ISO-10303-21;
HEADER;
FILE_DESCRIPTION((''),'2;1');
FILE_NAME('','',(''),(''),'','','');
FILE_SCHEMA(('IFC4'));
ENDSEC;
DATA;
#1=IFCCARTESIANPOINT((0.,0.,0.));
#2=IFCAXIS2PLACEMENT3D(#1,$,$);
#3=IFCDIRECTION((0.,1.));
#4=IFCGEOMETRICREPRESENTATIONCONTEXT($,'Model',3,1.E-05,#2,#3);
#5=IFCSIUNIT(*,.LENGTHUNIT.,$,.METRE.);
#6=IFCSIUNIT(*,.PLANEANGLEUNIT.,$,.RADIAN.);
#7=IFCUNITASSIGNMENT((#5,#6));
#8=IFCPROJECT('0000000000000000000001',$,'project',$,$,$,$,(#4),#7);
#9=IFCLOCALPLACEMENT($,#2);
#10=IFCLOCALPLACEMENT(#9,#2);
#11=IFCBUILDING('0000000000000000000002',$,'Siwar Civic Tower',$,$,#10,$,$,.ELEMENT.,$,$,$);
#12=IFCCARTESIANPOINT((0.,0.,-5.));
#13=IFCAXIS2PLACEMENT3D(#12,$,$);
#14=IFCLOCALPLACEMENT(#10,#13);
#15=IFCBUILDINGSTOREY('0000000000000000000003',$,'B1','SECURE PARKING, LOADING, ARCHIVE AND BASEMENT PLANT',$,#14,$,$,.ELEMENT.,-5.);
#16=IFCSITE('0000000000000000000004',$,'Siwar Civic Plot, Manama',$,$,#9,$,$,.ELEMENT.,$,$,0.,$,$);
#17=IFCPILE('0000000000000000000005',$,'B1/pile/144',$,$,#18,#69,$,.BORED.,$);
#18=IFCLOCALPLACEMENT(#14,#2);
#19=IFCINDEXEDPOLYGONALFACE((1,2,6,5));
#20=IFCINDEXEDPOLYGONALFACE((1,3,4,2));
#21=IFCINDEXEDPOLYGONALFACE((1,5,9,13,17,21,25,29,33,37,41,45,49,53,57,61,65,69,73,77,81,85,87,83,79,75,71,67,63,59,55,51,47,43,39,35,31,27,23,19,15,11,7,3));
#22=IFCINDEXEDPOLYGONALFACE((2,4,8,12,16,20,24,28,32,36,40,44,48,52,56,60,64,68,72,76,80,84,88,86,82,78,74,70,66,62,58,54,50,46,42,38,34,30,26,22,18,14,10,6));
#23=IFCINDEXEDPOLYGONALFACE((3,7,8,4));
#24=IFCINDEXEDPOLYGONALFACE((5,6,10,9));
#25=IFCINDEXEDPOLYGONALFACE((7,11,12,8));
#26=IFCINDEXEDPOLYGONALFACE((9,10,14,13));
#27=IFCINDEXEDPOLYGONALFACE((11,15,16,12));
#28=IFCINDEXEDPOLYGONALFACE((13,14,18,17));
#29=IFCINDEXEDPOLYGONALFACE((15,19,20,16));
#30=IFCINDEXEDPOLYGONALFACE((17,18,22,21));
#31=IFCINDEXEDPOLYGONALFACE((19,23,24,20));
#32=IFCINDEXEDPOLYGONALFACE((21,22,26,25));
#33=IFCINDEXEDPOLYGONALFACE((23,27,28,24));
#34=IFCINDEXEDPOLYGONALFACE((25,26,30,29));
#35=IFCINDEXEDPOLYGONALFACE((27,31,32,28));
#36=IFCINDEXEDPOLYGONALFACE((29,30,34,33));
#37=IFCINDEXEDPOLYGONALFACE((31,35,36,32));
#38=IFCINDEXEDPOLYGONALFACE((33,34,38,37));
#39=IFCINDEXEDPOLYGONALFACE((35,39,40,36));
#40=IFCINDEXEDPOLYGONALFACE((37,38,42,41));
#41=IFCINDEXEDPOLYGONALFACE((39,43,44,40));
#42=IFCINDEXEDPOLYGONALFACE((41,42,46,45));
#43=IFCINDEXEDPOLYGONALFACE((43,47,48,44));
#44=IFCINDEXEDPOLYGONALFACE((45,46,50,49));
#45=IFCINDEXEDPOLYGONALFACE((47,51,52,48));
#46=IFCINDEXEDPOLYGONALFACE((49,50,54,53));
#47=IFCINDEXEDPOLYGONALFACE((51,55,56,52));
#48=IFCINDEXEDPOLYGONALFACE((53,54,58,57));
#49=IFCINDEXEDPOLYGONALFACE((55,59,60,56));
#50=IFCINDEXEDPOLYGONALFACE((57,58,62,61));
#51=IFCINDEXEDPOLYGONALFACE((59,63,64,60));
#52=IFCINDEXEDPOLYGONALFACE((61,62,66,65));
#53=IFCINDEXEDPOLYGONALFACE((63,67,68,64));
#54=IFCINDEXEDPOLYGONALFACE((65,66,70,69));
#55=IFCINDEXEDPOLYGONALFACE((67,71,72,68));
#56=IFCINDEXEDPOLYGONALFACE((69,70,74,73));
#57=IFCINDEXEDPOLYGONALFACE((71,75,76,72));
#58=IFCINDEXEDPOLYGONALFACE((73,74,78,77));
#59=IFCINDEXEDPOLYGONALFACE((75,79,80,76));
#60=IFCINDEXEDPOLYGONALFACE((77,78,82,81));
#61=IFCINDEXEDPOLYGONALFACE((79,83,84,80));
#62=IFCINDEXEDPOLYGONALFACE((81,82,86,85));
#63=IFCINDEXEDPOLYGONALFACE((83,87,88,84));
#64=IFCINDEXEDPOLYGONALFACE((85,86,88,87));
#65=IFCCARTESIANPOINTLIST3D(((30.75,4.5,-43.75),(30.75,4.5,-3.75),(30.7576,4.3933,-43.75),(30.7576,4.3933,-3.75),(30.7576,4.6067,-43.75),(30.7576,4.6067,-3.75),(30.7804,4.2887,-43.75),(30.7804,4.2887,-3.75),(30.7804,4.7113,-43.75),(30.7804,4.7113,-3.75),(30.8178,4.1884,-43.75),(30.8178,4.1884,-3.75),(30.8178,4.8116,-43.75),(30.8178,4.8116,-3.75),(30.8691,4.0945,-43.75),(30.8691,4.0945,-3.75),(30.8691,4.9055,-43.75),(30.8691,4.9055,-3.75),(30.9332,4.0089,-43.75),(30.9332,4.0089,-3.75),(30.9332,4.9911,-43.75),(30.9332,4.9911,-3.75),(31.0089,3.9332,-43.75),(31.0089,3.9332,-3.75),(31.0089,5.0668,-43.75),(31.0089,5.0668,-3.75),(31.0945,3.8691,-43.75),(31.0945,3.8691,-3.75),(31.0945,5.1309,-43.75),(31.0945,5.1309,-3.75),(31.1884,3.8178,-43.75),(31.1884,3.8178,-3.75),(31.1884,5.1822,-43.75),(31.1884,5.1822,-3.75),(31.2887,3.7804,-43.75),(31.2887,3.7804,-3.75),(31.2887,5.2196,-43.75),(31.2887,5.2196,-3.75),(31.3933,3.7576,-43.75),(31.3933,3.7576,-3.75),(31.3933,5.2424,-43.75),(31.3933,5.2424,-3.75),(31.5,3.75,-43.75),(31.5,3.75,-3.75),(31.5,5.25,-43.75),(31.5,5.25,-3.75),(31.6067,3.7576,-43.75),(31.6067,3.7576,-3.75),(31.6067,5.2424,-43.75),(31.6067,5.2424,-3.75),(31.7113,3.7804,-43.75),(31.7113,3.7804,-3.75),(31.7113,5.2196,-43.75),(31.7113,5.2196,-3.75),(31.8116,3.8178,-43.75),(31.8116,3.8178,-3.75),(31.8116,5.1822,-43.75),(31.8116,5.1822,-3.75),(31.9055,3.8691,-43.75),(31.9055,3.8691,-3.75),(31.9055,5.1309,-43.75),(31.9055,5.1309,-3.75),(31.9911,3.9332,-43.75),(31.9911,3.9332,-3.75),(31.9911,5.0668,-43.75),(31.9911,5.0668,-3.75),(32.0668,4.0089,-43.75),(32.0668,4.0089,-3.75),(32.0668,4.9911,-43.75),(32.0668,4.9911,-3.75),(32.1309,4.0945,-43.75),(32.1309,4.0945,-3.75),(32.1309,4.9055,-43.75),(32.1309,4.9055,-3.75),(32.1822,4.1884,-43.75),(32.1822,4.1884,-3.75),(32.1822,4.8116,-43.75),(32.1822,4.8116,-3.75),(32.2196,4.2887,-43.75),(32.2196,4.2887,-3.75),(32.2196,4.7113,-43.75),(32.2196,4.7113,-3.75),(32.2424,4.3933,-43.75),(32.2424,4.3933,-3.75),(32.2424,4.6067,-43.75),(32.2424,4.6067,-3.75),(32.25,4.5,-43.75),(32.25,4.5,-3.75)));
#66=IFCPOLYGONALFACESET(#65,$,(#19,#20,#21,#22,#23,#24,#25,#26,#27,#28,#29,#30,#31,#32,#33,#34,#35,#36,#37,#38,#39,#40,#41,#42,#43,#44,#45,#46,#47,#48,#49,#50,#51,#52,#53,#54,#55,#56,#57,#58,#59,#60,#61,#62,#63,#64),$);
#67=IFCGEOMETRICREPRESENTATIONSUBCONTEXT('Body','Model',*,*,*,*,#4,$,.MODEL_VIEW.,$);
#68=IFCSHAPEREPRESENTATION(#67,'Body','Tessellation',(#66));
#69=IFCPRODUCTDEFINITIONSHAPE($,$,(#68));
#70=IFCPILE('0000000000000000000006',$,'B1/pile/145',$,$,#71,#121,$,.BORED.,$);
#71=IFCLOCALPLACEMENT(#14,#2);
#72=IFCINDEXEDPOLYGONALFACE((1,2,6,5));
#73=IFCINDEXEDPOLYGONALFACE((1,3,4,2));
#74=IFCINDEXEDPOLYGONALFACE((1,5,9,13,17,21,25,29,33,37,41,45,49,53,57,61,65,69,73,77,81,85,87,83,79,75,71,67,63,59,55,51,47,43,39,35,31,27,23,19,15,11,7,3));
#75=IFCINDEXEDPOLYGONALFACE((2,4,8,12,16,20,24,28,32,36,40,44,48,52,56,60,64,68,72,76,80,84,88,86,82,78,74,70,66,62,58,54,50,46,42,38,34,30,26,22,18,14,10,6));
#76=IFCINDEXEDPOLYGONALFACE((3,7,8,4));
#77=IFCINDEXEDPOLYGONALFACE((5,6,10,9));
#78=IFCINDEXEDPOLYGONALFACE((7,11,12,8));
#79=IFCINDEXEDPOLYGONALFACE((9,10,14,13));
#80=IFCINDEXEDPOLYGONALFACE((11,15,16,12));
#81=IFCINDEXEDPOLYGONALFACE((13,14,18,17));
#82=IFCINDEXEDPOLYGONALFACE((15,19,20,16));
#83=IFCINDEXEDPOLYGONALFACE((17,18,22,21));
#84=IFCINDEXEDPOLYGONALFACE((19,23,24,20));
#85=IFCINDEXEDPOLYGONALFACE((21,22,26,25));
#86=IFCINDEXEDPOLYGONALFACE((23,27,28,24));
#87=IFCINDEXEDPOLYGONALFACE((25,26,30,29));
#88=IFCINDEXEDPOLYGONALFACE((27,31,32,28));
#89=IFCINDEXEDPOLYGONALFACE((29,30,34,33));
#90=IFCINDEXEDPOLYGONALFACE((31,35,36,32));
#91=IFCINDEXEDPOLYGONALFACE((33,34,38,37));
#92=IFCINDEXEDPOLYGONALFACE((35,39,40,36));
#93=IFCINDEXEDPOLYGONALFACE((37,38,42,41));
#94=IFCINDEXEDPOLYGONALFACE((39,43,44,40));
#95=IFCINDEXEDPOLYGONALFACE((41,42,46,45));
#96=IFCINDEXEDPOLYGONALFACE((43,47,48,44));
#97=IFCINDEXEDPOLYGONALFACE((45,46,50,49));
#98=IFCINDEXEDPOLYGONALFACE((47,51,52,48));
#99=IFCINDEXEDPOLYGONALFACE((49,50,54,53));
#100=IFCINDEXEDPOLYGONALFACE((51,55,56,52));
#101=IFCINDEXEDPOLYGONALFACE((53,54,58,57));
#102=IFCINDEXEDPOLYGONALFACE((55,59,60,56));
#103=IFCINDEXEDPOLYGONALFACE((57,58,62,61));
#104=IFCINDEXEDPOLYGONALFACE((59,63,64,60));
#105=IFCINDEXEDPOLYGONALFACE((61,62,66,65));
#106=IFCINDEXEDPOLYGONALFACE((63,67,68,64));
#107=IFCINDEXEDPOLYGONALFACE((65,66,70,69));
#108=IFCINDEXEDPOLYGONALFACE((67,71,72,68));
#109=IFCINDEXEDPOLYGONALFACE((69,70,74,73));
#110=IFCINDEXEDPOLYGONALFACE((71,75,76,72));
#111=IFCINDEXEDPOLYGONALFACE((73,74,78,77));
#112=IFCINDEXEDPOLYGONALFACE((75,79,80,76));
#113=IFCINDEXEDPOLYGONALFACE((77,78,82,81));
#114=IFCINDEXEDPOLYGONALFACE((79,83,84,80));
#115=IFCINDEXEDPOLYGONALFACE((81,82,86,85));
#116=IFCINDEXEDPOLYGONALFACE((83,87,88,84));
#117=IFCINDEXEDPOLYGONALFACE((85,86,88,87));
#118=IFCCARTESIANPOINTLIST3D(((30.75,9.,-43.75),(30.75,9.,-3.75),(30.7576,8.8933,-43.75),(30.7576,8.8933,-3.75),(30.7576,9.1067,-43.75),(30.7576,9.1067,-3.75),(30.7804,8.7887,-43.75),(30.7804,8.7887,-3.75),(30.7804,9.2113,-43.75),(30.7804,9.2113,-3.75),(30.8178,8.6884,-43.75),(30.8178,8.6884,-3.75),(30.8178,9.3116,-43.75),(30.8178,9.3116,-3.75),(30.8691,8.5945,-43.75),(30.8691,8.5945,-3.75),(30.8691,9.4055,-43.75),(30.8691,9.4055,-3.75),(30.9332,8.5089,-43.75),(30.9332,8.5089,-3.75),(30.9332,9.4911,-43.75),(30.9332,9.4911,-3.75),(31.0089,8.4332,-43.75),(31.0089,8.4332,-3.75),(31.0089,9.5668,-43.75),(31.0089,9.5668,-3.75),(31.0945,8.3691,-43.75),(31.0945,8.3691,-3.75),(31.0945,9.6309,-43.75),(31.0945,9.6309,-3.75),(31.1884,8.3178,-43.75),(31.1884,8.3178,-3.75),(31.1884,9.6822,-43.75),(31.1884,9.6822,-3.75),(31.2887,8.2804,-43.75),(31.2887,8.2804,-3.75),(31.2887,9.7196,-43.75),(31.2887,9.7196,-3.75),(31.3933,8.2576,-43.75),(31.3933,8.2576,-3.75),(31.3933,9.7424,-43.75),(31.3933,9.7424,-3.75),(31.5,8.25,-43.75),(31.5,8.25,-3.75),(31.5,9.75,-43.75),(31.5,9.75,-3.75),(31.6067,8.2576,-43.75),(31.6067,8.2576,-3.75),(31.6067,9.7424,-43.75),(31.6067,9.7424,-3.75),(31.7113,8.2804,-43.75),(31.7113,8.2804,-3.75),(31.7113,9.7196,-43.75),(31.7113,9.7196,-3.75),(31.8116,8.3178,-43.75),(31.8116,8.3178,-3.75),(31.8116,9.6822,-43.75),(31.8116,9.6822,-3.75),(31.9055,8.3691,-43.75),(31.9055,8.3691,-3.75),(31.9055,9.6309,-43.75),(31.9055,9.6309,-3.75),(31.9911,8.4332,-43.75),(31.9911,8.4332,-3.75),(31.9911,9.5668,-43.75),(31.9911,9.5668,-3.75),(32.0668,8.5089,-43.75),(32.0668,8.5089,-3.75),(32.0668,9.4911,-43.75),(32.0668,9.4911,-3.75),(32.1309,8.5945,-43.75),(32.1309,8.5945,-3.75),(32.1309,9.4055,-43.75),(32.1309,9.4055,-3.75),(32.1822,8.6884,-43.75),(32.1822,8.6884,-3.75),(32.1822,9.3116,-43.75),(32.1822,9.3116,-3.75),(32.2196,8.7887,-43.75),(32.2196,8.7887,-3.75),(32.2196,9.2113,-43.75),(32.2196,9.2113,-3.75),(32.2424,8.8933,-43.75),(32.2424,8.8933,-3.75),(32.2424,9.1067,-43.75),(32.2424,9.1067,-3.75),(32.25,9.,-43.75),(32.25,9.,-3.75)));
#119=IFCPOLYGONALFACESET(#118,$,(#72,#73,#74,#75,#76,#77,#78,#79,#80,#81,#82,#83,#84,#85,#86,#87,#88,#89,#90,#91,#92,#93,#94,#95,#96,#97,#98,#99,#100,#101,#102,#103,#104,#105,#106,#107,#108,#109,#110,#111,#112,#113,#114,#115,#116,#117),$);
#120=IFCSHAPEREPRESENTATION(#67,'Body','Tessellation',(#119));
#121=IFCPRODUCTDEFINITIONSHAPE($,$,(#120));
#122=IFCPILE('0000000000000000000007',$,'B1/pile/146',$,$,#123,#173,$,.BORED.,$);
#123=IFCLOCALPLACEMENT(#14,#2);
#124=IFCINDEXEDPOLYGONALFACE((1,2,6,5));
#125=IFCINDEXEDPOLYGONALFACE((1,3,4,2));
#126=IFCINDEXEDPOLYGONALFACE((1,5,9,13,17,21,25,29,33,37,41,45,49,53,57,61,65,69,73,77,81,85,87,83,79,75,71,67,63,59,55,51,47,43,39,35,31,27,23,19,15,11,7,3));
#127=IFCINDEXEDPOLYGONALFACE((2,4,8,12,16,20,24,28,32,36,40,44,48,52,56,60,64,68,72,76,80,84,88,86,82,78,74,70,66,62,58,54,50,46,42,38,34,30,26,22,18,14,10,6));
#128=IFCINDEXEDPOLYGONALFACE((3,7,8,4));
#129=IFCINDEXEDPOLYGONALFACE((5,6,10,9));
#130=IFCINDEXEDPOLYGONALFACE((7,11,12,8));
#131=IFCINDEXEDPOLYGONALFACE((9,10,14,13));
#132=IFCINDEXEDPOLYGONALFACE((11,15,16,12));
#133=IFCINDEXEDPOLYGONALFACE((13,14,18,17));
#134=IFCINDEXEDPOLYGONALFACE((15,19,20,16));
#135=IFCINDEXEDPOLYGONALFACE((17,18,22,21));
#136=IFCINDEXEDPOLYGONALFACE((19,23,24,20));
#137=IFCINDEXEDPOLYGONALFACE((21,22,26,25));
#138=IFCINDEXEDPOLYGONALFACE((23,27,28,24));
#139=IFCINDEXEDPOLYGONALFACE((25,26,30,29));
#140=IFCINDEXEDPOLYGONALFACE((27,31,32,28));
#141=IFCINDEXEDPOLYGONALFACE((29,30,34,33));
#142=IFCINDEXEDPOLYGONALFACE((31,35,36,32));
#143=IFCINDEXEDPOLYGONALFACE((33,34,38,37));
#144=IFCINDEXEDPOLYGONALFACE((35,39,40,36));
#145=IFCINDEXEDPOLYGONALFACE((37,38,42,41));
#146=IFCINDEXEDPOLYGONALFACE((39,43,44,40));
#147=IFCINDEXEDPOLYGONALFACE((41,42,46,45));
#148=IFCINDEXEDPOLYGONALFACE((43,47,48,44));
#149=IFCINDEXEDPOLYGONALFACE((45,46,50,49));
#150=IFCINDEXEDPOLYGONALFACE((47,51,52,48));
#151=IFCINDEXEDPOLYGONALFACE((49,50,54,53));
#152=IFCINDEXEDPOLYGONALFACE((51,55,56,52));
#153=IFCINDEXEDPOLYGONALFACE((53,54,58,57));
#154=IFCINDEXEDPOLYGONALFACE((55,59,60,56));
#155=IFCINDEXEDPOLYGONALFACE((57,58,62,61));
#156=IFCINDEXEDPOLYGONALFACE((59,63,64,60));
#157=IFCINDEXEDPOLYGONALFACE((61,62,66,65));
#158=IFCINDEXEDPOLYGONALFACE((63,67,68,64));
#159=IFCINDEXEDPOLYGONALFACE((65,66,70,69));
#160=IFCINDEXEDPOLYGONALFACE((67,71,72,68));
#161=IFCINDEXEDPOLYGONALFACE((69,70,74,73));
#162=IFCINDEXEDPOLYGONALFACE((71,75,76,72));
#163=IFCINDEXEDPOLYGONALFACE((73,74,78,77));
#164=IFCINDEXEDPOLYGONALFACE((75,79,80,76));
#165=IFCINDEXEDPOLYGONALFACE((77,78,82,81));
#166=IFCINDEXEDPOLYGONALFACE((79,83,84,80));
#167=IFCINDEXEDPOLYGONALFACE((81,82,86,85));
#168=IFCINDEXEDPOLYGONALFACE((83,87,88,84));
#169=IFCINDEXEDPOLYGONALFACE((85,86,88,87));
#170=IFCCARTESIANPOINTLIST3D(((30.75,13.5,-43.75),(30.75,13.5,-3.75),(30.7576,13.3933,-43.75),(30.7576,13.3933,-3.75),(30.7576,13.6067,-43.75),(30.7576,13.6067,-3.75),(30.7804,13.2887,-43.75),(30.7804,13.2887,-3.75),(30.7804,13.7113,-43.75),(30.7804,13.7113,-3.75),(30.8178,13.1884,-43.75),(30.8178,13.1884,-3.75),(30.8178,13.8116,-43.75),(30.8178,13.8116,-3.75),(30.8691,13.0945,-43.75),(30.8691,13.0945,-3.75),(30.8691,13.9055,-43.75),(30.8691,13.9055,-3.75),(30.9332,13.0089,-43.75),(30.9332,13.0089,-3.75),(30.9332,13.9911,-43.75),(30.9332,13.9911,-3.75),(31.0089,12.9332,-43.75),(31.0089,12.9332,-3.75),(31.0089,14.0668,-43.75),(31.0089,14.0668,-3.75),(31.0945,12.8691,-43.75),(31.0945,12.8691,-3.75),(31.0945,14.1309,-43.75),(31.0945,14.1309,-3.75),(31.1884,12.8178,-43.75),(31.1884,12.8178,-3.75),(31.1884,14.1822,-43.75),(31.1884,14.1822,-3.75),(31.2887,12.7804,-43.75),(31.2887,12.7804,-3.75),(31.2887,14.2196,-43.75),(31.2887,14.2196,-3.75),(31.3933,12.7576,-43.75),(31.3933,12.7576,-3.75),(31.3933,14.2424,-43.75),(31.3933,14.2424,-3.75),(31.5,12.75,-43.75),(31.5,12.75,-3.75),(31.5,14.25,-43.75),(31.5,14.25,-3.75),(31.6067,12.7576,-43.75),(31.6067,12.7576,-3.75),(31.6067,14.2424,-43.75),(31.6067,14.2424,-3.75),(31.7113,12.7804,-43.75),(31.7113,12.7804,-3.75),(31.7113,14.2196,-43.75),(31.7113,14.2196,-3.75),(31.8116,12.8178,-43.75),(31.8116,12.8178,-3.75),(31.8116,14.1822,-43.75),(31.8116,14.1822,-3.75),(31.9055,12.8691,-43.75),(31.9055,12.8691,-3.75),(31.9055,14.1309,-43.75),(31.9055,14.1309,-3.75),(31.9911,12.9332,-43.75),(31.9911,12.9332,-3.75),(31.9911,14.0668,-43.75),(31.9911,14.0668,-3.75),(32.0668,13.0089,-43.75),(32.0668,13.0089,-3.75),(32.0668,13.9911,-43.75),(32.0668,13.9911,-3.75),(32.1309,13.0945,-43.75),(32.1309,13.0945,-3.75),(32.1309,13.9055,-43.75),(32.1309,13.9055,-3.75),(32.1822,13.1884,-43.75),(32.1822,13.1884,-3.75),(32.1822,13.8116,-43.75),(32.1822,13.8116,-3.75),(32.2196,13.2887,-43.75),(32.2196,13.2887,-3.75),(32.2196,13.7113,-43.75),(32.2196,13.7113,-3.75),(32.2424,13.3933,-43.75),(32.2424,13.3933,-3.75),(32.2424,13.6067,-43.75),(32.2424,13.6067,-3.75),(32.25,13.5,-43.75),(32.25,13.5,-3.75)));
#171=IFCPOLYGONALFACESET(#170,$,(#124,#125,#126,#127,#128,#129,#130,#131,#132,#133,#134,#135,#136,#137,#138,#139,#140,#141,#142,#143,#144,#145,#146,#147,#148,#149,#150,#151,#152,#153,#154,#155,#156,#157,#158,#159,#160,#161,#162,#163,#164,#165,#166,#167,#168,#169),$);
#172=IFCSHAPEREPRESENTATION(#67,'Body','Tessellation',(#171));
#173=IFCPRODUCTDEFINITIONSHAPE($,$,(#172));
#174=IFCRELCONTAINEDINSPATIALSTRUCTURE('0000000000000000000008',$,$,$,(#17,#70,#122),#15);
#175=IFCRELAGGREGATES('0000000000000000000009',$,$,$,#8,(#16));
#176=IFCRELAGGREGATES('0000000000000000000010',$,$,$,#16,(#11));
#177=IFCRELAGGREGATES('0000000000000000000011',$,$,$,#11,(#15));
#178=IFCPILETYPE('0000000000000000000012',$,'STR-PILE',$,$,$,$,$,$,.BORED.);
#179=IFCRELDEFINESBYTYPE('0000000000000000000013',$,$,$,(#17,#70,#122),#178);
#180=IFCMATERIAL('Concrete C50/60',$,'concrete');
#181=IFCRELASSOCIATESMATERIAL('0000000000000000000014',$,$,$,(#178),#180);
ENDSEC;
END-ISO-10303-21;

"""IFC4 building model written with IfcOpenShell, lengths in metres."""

from ifc_helpers import new_model, si_unit, direction, frame, origin, origin_2d, place, context, subcontext, project, spatial, circle, extrude, material, material_profile, profile_set, type_object, element, save


model = new_model("IFC4")

# Units and contexts
model_context = context("Model", 3, precision=1e-05, world=origin(), true_north=direction((0.0, 1.0)))
body_context = subcontext(model_context, "Body", "Model", "MODEL_VIEW")
ifc_project = project(units=[si_unit("LENGTHUNIT", "METRE"), si_unit("PLANEANGLEUNIT", "RADIAN")], contexts=[model_context])

# Site, building, storey
site_placement = place(None, origin())
site = spatial("IfcSite", under=ifc_project, at=site_placement, Name="Siwar Civic Plot, Manama", CompositionType="ELEMENT", RefElevation=0.0)
building_placement = place(site_placement, origin())
building = spatial("IfcBuilding", under=site, at=building_placement, Name="Siwar Civic Tower", CompositionType="ELEMENT")
storey_placement = place(building_placement, frame((0.0, 0.0, -5.0)))
storey = spatial("IfcBuildingStorey", under=building, at=storey_placement, Name="B1", Description="SECURE PARKING, LOADING, ARCHIVE AND BASEMENT PLANT", CompositionType="ELEMENT", Elevation=-5.0)

# Piles
ifc_material_1 = material(Name="Concrete C50/60", Category="concrete")
ifc_material_profile_1 = material_profile(ifc_material_1, circle(Radius=0.75, at=origin_2d()), Name="PILE1500")
ifc_profile_set_1 = profile_set([ifc_material_profile_1], Name="Concrete C50/60")
pile_type = type_object("IfcPileType", Name="STR-PILE", PredefinedType="BORED", material=ifc_profile_set_1)
for number, where, z_axis, x_axis, name in (
    (1, (31.5, 4.5, -3.75), (0.0, 0.0, -1.0), (1.0, 0.0, 0.0), "B1/pile/144"),
    (2, (31.5, 9.0, -3.75), (0.0, 0.0, -1.0), (1.0, 0.0, 0.0), "B1/pile/145"),
    (3, (31.5, 13.5, -3.75), (0.0, 0.0, -1.0), (1.0, 0.0, 0.0), "B1/pile/146"),
):
    element("IfcPile", number, at=place(storey_placement, frame(where, z_axis=z_axis, x_axis=x_axis)), inside=storey, type_object=pile_type, Name=name, PredefinedType="BORED", context=body_context, shape_type="SweptSolid", body=[
        extrude(circle(Radius=0.75, at=origin_2d()), origin(), (0.0, 0.0, 1.0), 40.0),
    ])

save(model, "model.ifc")
